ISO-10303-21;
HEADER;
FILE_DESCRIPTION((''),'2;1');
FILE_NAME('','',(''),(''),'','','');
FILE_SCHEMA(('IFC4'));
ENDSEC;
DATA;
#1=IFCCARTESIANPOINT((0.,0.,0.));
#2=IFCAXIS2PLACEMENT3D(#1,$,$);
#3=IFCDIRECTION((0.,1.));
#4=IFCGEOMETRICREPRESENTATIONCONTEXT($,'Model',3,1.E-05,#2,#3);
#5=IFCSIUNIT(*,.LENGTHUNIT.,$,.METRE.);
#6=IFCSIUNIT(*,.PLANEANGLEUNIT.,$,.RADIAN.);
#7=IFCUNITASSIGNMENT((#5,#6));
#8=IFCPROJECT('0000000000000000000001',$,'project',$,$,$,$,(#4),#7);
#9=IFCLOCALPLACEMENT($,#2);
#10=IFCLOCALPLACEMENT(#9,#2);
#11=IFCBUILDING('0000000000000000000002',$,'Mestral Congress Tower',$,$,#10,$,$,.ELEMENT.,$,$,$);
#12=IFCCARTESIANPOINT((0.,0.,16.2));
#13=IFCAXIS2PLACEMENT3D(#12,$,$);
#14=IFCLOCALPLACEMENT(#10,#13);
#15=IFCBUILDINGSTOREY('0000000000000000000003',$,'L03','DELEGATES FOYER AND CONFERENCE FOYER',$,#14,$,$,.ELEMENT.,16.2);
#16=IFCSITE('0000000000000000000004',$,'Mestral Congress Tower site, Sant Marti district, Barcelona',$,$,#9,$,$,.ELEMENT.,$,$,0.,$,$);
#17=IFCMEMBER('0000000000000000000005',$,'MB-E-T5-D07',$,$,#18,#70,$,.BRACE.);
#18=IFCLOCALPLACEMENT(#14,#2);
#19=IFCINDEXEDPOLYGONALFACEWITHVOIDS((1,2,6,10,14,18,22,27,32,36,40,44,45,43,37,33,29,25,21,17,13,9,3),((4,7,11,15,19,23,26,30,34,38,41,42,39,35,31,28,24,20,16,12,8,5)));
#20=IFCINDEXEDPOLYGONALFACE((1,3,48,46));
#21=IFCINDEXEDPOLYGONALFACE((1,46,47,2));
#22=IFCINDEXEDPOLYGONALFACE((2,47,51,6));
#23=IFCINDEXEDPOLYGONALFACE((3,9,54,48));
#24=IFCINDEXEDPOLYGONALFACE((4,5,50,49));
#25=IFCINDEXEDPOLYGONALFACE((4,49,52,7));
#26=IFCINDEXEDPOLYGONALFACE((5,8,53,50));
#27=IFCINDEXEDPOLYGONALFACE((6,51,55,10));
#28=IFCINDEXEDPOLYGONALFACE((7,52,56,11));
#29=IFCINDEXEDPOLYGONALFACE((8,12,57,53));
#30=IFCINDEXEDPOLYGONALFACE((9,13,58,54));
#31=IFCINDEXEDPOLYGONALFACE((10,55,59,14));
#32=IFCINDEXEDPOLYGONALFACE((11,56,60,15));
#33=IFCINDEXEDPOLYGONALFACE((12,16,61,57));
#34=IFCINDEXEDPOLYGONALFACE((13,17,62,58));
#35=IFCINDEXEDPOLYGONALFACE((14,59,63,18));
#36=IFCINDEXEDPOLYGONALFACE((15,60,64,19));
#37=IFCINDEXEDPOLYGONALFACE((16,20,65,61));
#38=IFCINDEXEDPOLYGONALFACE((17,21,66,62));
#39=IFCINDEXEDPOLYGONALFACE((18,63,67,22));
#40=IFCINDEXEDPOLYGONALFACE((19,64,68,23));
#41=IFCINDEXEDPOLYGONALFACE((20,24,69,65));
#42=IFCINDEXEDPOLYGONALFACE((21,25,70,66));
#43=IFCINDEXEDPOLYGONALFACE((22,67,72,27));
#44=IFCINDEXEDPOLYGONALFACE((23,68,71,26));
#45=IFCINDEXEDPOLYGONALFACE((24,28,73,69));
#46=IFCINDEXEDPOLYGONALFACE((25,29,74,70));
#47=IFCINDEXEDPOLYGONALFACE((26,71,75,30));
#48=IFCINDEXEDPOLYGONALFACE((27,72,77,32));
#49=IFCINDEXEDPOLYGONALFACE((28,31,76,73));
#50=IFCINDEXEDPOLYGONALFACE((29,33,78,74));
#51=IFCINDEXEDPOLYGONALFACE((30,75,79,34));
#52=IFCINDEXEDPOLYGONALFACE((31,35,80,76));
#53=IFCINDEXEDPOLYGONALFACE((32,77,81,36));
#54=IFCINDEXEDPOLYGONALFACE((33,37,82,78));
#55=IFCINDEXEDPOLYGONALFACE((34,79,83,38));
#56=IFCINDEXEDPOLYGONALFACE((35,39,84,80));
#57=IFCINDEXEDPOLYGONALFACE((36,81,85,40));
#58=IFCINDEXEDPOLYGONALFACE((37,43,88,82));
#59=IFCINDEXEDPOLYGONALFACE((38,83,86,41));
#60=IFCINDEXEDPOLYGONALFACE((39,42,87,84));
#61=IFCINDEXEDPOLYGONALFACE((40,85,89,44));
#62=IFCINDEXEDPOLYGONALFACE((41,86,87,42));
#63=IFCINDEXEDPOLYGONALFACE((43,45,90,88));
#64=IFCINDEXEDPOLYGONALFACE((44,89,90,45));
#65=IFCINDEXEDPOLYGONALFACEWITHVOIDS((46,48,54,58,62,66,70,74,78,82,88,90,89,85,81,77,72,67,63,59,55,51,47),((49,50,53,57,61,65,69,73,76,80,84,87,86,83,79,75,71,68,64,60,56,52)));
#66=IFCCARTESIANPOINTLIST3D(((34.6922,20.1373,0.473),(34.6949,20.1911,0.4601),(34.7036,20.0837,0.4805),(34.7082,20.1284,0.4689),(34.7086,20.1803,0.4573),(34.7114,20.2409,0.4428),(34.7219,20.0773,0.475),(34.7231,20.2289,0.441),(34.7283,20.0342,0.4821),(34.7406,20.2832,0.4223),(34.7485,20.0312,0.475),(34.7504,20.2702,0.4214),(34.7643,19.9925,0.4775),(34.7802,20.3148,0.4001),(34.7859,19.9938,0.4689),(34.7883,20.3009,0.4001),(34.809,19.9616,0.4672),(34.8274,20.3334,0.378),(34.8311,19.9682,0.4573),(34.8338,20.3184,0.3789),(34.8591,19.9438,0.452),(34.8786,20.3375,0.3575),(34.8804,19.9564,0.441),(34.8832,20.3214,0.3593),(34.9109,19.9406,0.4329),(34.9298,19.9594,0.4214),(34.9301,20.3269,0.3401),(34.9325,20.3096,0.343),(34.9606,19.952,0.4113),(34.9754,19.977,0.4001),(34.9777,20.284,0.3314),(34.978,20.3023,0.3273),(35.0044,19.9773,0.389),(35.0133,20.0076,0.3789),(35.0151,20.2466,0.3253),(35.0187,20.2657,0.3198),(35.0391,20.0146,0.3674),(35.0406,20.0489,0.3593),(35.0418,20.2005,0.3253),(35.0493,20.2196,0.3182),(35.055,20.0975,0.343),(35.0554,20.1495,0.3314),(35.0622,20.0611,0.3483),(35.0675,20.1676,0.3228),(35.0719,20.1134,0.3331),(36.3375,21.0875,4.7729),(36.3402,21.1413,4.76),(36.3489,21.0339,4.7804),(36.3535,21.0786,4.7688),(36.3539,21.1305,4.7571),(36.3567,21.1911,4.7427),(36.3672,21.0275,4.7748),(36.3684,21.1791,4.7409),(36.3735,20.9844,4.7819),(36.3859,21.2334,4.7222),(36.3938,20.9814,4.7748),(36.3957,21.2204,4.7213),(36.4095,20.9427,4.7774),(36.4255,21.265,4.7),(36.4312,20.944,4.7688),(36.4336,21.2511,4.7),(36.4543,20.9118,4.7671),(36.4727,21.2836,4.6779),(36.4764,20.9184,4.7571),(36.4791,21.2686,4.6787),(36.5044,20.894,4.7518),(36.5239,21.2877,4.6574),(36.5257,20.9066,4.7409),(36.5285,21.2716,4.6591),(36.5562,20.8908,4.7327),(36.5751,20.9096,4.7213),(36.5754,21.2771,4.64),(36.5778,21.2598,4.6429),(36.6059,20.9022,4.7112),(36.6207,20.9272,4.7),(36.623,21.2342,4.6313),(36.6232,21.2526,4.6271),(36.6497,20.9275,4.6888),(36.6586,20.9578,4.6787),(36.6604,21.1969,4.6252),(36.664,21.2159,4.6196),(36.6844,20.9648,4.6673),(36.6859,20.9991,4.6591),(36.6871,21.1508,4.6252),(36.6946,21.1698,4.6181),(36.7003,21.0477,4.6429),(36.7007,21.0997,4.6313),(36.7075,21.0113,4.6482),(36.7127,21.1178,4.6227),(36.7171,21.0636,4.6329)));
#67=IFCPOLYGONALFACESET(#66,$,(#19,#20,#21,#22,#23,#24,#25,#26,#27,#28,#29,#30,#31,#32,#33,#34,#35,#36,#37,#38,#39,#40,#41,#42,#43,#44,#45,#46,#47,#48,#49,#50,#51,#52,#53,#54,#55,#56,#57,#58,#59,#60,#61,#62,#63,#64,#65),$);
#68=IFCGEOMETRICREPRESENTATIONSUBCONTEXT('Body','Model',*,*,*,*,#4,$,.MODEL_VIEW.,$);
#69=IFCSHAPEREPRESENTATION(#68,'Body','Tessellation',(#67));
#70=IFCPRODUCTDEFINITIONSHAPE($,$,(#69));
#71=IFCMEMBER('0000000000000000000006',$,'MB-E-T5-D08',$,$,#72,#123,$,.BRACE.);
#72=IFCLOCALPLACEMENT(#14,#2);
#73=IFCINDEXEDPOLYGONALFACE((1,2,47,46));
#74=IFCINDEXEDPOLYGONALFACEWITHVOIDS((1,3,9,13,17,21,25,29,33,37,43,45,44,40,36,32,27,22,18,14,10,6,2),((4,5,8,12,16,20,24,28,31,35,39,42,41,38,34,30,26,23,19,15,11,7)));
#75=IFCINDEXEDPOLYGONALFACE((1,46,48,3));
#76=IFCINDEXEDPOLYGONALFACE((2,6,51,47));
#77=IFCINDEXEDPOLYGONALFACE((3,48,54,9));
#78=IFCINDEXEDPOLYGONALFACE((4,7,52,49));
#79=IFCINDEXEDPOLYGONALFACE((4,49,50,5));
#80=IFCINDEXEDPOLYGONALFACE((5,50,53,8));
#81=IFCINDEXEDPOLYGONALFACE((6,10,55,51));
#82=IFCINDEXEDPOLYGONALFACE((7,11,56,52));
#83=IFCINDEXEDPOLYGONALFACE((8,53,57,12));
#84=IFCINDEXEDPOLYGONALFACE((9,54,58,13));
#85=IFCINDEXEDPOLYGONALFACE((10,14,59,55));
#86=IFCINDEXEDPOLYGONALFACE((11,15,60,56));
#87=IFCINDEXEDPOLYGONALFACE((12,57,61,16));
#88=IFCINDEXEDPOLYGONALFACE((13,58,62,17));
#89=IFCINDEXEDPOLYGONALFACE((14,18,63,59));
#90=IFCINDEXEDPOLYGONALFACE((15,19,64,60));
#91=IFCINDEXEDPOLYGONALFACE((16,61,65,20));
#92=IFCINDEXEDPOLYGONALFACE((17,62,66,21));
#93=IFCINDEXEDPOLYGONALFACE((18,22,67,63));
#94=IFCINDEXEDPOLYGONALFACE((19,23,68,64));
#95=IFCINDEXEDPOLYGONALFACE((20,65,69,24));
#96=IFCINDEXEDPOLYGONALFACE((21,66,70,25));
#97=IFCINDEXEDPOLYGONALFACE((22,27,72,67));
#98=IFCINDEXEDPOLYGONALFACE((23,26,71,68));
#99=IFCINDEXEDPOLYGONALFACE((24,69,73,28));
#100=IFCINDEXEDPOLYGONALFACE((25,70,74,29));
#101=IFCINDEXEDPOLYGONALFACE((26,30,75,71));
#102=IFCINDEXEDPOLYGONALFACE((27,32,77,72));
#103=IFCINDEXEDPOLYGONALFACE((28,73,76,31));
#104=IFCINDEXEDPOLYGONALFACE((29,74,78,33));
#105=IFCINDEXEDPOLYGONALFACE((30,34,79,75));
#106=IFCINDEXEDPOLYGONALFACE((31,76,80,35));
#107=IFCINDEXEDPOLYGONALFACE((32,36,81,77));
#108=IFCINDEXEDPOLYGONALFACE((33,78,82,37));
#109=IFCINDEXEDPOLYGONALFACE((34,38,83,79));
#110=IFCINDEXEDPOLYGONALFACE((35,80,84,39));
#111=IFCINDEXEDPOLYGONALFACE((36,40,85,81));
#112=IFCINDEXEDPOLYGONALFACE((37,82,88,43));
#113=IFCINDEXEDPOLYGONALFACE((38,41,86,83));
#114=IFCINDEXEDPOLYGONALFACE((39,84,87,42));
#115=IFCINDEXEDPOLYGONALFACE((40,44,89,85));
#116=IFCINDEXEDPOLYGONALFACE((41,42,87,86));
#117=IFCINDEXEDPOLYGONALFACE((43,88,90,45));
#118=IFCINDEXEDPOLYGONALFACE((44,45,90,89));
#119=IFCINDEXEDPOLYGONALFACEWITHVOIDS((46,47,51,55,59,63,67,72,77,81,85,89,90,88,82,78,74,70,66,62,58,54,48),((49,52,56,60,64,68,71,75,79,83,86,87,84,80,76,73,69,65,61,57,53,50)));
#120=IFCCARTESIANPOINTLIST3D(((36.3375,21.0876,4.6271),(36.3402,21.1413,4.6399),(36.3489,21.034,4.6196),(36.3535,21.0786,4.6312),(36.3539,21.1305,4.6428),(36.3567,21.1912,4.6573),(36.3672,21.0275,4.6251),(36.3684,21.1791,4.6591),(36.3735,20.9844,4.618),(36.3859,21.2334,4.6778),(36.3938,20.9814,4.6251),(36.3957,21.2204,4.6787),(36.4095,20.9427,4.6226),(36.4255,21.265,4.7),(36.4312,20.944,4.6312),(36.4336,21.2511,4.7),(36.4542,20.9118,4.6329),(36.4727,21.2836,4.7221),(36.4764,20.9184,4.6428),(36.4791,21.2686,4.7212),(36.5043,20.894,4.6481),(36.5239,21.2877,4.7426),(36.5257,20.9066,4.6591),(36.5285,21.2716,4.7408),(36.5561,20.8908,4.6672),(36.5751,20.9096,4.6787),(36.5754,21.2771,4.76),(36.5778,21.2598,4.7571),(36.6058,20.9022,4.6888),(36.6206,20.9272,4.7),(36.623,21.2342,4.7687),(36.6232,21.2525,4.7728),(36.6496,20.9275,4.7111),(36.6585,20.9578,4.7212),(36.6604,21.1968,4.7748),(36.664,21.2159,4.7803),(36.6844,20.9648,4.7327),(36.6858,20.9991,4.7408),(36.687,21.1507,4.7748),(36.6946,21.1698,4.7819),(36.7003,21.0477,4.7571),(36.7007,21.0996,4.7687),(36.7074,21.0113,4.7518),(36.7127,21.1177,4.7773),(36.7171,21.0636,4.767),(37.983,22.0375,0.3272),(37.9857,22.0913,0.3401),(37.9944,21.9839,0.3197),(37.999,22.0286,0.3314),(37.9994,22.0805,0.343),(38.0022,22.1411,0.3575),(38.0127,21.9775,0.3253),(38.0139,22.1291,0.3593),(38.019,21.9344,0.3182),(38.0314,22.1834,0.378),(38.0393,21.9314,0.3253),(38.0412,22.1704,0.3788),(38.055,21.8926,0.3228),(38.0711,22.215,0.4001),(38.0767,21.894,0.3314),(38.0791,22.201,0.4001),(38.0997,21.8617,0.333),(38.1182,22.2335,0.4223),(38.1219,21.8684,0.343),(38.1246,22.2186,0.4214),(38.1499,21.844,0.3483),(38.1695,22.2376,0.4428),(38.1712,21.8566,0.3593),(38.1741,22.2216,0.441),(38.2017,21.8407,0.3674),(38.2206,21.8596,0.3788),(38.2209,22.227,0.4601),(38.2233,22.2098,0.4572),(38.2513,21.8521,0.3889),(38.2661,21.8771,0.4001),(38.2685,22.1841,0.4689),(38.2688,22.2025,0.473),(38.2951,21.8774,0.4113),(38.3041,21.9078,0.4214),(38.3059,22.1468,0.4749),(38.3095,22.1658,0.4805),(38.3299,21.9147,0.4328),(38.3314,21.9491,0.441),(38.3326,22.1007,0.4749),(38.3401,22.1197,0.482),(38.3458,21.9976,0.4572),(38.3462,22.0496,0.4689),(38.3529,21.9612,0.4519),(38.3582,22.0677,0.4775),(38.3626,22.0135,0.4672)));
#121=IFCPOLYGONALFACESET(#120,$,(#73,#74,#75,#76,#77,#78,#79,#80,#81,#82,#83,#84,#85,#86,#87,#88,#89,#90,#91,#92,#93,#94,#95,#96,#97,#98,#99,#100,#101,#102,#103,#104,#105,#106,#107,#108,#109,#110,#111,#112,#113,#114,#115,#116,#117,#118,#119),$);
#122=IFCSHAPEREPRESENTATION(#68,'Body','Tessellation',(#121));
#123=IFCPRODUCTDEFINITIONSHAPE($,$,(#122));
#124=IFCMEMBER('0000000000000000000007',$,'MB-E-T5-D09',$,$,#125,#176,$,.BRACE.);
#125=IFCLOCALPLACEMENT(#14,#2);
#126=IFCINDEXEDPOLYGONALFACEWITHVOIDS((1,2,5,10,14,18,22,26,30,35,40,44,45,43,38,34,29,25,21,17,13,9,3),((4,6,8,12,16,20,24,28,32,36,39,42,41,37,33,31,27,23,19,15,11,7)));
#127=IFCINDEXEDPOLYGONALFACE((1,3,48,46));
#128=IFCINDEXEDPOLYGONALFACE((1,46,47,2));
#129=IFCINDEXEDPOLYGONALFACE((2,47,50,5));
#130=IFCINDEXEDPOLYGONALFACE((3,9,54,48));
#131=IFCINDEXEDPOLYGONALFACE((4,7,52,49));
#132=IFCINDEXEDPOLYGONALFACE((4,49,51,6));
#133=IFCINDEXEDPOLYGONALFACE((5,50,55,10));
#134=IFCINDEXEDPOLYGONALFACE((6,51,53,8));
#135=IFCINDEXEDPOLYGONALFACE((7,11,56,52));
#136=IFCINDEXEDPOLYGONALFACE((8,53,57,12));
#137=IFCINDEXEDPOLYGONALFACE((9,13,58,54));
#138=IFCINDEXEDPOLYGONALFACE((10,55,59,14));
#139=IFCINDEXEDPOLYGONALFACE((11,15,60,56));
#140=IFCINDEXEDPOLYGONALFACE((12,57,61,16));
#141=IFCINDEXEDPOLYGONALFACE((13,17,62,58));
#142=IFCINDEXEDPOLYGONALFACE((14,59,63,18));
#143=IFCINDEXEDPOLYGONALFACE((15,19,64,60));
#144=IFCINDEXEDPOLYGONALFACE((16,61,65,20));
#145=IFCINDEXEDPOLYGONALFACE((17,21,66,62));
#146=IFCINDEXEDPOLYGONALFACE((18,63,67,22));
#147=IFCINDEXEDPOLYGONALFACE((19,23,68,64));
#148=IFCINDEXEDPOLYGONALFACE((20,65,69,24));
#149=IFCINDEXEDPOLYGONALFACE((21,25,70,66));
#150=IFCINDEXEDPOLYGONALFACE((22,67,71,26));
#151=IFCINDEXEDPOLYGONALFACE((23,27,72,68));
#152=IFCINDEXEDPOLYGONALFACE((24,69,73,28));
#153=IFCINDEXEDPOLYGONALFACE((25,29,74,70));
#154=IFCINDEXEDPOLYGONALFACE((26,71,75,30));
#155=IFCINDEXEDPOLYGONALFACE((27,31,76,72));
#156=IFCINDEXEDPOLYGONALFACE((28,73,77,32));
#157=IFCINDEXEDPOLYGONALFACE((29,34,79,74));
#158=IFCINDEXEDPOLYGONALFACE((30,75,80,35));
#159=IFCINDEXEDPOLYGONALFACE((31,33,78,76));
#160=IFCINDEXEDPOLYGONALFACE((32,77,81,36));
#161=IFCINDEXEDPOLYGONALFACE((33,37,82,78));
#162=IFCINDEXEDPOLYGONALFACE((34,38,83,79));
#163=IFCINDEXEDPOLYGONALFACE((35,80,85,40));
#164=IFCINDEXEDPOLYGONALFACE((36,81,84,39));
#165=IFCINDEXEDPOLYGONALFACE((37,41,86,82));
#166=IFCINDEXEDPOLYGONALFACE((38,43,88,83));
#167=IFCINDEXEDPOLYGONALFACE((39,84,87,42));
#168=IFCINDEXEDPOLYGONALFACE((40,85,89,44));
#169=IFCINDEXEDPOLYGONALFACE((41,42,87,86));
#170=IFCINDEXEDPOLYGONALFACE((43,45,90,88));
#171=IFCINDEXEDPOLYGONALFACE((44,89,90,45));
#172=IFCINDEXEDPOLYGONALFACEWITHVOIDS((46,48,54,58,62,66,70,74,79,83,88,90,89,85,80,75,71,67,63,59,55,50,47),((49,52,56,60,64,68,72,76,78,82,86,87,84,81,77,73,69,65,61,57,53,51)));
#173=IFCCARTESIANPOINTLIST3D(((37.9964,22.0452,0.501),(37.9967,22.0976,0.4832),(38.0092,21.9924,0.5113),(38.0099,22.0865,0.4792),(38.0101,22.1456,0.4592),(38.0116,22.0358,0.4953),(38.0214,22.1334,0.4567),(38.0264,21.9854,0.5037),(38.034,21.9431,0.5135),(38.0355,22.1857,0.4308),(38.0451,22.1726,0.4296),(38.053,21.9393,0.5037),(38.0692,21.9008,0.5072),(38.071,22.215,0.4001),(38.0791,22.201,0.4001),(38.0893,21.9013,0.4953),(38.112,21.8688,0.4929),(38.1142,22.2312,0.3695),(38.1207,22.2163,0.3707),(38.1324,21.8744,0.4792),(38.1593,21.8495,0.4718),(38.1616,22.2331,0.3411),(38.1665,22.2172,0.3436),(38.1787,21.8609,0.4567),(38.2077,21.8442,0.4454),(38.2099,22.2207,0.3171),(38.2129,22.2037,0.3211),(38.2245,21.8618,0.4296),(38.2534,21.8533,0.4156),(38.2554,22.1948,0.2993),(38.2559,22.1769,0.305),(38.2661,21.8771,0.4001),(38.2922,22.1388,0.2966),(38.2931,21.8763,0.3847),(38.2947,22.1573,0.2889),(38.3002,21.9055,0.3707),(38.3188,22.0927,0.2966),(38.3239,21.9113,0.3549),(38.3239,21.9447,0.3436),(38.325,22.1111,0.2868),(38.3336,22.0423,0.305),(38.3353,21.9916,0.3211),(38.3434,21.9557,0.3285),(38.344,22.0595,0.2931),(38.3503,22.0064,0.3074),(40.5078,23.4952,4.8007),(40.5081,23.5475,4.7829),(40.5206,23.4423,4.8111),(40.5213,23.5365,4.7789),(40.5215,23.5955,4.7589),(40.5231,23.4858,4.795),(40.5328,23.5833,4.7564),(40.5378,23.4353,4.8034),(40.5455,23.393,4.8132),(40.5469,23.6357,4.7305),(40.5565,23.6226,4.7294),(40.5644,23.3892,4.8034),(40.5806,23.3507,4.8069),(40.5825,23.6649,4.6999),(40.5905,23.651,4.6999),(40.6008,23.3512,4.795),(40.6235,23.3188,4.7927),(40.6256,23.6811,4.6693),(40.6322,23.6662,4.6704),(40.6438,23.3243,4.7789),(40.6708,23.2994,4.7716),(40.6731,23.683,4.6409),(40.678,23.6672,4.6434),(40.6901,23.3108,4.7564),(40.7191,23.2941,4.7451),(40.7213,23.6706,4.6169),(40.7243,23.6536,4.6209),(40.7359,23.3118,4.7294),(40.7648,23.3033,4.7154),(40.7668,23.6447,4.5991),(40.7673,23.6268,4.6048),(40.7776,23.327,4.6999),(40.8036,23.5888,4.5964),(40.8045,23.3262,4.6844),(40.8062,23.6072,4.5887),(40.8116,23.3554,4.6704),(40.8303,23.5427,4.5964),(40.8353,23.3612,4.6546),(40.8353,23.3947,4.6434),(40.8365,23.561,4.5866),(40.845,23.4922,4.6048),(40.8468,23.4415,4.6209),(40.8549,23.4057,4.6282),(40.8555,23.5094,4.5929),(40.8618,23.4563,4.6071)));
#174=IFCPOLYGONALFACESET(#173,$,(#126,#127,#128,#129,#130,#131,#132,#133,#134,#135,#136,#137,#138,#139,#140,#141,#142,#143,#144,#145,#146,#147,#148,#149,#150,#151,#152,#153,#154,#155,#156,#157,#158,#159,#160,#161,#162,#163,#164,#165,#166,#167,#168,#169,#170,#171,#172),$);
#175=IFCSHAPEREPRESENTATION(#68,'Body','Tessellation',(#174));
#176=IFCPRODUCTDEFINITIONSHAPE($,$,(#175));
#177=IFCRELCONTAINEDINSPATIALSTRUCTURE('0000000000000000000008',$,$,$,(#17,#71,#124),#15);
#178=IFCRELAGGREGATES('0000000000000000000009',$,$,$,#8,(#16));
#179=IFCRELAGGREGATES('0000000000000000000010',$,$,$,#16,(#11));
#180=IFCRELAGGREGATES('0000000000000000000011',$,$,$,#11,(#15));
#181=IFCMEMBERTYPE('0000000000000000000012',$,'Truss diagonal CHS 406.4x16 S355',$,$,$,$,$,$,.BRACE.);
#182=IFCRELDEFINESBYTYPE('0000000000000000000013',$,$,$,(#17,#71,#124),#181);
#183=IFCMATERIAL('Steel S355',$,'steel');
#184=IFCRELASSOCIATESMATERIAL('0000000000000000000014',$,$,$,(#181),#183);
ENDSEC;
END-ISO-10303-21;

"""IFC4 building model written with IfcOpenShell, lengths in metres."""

from ifc_helpers import new_model, si_unit, direction, frame, origin, origin_2d, place, context, subcontext, project, spatial, hollow_circle, extrude, material, material_profile, profile_set, type_object, element, save


model = new_model("IFC4")

# Units and contexts
model_context = context("Model", 3, precision=1e-05, world=origin(), true_north=direction((0.0, 1.0)))
body_context = subcontext(model_context, "Body", "Model", "MODEL_VIEW")
ifc_project = project(units=[si_unit("LENGTHUNIT", "METRE"), si_unit("PLANEANGLEUNIT", "RADIAN")], contexts=[model_context])

# Site, building, storey
site_placement = place(None, origin())
site = spatial("IfcSite", under=ifc_project, at=site_placement, Name="Mestral Congress Tower site, Sant Marti district, Barcelona", CompositionType="ELEMENT", RefElevation=0.0)
building_placement = place(site_placement, origin())
building = spatial("IfcBuilding", under=site, at=building_placement, Name="Mestral Congress Tower", CompositionType="ELEMENT")
storey_placement = place(building_placement, frame((0.0, 0.0, 16.2)))
storey = spatial("IfcBuildingStorey", under=building, at=storey_placement, Name="L03", Description="DELEGATES FOYER AND CONFERENCE FOYER", CompositionType="ELEMENT", Elevation=16.2)

# Members
ifc_material = material(Name="Steel S355", Category="steel")
ifc_material_profile_1 = material_profile(ifc_material, hollow_circle(Radius=0.2031, WallThickness=0.0161, at=origin_2d()), Name="CHS 406.4x16")
ifc_profile_set_1 = profile_set([ifc_material_profile_1], Name="Steel S355")
member_type_1 = type_object("IfcMemberType", Name="Truss diagonal CHS 406.4x16 S355", PredefinedType="BRACE", material=ifc_profile_set_1)
for number, where, z_axis, x_axis, name in (
    (1, (34.8818, 20.1389, 0.4001), (0.349992, 0.202132, 0.914685), (-0.500119, 0.865957, 0.0), "MB-E-T5-D07"),
    (2, (36.5271, 21.0891, 4.7), (0.350041, 0.202079, -0.914678), (-0.499967, 0.866044, 0.0), "MB-E-T5-D08"),
):
    element("IfcMember", number, at=place(storey_placement, frame(where, z_axis=z_axis, x_axis=x_axis)), inside=storey, type_object=member_type_1, Name=name, PredefinedType="BRACE", context=body_context, shape_type="SweptSolid", body=[
        extrude(hollow_circle(Radius=0.2031, WallThickness=0.0161, at=origin_2d()), origin(), (0.0, 0.0, 1.0), 4.7009),
    ])
for number, where, z_axis, x_axis, name in (
    (3, (38.1726, 22.0391, 0.4001), (0.484247, 0.279571, 0.829062), (-0.499987, 0.866033, 0.0), "MB-E-T5-D09"),
):
    element("IfcMember", number, at=place(storey_placement, frame(where, z_axis=z_axis, x_axis=x_axis)), inside=storey, type_object=member_type_1, Name=name, PredefinedType="BRACE", context=body_context, shape_type="SweptSolid", body=[
        extrude(hollow_circle(Radius=0.2031, WallThickness=0.0161, at=origin_2d()), origin(), (0.0, 0.0, 1.0), 5.1863),
    ])

save(model, "model.ifc")
